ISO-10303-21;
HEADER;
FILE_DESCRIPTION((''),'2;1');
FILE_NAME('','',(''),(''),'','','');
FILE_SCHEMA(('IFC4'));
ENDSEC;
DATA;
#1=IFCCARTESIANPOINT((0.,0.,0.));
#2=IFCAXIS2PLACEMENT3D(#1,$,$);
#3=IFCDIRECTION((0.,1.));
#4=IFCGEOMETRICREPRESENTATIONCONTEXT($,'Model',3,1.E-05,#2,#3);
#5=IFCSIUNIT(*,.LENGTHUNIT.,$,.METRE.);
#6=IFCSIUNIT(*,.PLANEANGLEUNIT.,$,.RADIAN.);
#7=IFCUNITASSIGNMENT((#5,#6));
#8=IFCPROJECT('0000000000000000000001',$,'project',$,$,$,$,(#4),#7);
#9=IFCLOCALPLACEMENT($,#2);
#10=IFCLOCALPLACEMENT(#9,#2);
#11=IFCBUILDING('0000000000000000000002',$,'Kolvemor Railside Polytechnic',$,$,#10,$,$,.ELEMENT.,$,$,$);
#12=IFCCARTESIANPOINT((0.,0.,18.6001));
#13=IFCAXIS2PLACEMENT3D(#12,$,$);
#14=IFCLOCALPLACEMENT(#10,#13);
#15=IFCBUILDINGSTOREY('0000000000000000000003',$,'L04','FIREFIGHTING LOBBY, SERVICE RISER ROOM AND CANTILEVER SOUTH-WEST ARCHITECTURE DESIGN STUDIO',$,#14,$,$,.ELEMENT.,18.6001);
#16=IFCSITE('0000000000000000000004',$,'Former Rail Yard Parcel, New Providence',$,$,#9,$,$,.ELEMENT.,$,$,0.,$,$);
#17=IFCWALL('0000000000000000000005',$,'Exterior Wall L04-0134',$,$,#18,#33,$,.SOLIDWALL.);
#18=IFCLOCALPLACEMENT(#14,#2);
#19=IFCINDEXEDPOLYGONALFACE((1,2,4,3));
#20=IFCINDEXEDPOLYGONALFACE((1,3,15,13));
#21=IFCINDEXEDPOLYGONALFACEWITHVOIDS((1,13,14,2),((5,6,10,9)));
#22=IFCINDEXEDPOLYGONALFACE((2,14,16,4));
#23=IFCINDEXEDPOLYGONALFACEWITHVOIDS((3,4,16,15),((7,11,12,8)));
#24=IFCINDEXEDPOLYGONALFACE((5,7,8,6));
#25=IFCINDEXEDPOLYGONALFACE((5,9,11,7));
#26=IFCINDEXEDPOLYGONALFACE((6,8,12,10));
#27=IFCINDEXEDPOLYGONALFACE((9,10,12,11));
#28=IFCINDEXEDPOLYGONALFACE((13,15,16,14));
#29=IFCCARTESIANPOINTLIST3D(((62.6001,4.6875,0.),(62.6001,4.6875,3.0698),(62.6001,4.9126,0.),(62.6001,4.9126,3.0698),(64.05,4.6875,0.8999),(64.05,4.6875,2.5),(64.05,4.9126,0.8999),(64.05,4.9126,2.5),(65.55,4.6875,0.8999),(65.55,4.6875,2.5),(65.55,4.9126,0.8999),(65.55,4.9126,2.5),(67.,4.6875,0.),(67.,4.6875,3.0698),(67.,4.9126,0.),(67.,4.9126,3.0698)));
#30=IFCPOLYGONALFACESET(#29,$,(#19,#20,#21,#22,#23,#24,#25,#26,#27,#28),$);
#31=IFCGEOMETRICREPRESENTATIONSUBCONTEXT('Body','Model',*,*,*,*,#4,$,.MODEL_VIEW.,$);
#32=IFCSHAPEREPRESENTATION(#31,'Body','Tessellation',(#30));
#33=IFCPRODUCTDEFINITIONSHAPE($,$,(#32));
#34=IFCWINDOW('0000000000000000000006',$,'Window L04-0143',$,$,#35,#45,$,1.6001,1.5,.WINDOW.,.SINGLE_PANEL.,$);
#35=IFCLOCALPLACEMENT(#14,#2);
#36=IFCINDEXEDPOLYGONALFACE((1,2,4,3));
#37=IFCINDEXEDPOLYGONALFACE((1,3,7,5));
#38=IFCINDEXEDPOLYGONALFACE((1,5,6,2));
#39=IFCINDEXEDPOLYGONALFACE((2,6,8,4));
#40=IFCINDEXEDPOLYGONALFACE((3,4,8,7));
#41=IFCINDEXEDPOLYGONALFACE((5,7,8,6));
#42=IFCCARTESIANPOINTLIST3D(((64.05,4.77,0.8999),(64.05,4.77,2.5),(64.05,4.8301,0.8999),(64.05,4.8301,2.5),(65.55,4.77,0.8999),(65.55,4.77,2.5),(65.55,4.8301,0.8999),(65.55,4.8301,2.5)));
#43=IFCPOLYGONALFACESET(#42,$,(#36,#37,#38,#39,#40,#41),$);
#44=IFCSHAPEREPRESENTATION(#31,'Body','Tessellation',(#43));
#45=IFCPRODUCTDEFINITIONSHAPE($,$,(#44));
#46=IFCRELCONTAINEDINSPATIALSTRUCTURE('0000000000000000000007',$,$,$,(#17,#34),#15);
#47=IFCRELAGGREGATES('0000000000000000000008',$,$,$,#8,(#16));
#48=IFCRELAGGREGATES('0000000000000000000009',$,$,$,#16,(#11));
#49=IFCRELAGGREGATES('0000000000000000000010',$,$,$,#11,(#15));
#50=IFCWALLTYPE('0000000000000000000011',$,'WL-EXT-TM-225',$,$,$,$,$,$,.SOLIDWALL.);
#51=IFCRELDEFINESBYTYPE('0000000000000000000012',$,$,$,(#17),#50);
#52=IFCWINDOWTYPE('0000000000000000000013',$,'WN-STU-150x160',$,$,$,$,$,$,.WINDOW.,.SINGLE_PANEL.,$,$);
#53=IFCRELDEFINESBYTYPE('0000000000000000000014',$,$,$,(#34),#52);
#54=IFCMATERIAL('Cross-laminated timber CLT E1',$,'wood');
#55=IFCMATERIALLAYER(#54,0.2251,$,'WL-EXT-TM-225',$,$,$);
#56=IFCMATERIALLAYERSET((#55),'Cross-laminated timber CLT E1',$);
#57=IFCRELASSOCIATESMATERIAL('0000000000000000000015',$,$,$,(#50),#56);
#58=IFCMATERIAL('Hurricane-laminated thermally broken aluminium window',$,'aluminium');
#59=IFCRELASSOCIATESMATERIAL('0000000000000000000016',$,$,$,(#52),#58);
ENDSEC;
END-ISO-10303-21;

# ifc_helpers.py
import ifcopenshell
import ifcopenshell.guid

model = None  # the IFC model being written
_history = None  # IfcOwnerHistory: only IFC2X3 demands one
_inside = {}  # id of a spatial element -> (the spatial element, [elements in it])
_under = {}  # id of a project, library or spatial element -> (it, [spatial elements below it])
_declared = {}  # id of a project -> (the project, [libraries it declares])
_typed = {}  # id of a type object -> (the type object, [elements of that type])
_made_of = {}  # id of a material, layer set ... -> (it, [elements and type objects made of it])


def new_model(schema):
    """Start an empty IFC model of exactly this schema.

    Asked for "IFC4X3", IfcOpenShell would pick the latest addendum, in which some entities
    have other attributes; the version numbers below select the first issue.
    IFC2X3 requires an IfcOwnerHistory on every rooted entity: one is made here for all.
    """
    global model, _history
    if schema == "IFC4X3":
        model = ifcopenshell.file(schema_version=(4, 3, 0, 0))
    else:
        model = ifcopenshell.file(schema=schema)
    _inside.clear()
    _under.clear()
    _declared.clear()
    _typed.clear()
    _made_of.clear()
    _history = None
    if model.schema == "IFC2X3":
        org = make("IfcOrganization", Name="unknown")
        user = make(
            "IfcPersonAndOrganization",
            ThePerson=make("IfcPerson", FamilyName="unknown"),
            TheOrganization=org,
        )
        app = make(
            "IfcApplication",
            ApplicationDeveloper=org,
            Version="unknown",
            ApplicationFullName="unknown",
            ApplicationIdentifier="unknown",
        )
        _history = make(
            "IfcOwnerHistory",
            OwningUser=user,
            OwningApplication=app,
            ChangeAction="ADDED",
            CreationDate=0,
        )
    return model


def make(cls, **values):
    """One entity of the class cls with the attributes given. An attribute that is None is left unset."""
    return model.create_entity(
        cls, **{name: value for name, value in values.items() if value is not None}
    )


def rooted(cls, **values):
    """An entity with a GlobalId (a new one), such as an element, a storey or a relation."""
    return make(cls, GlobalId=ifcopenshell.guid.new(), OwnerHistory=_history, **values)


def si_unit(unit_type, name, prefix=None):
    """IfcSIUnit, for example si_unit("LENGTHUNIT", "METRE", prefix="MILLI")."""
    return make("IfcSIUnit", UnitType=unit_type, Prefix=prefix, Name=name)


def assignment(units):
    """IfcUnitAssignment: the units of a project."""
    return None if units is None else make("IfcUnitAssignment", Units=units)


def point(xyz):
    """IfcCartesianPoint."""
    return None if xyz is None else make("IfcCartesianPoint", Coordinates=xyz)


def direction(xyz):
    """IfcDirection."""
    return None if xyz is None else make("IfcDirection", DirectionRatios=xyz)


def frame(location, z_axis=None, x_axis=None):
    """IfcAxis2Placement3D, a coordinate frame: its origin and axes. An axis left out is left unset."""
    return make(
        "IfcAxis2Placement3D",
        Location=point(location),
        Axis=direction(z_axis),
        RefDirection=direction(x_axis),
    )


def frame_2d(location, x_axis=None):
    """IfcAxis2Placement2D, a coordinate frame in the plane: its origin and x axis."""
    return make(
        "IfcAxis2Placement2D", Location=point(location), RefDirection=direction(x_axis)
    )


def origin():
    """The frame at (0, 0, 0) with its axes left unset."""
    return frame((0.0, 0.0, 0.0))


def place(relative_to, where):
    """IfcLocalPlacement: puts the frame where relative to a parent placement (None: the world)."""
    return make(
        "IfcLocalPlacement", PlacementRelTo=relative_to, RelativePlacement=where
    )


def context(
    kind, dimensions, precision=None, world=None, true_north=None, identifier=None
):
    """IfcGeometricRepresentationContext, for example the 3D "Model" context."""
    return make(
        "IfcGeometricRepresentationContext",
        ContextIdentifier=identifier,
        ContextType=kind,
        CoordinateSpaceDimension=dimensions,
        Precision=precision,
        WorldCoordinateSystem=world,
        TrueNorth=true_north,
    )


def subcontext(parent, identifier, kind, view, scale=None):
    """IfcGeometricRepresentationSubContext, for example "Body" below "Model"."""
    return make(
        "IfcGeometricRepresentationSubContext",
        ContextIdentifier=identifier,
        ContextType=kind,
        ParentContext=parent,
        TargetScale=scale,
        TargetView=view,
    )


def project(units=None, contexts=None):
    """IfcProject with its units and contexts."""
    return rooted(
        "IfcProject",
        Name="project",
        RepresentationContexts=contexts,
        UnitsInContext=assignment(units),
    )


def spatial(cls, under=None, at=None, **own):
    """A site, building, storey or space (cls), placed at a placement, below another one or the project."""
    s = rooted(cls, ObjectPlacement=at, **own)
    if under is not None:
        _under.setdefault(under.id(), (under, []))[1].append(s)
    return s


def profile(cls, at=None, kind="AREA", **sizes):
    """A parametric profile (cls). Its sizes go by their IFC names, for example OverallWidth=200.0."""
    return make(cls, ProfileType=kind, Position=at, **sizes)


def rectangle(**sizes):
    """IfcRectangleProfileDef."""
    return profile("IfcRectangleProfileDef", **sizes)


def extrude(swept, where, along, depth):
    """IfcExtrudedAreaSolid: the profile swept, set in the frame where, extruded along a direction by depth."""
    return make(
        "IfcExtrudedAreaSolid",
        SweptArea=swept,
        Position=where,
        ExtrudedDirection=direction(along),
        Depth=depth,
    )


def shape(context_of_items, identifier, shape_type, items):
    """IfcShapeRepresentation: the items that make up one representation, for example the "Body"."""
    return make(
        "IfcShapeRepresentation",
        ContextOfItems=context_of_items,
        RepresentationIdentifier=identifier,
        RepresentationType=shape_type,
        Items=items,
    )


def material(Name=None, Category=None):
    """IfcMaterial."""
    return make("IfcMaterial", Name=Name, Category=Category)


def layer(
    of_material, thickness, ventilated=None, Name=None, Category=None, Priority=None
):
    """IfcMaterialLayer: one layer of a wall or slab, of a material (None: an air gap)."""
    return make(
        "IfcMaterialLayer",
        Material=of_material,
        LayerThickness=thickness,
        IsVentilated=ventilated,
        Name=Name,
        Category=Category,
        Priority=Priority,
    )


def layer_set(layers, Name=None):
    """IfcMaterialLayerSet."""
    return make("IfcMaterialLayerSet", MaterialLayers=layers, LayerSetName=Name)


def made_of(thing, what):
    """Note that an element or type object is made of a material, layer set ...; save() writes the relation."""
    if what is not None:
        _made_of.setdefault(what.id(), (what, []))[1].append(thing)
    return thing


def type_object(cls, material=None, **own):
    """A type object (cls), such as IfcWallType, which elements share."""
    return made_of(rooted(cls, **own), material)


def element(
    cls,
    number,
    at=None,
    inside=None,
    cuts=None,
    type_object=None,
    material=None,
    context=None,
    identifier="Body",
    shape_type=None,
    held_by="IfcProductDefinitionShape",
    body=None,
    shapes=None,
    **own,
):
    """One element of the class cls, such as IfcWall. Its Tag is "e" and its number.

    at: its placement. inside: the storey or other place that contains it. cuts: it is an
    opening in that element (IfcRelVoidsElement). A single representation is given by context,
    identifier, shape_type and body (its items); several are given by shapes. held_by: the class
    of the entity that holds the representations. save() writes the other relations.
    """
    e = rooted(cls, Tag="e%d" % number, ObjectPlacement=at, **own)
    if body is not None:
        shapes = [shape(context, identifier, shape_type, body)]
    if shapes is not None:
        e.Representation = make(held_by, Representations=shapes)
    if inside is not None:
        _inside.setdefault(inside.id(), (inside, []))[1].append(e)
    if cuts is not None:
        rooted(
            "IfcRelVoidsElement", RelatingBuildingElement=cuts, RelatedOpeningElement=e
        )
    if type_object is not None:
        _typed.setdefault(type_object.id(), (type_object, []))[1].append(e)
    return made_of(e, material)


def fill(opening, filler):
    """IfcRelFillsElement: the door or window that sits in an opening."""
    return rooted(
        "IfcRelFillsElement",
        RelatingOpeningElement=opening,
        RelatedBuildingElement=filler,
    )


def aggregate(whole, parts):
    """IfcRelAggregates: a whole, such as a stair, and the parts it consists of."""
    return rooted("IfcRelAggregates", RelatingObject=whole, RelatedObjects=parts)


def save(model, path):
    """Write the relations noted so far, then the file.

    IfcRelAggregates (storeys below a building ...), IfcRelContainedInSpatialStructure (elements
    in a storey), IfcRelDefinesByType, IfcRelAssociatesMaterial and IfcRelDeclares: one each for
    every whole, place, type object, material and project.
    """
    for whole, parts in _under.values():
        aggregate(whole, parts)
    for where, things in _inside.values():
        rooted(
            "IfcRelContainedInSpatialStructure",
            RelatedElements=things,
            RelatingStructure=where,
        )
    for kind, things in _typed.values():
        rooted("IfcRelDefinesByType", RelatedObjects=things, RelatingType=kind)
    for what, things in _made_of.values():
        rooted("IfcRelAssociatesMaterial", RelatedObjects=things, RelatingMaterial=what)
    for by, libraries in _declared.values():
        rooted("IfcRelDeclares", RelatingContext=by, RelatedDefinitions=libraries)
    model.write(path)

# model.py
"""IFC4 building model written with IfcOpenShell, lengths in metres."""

from ifc_helpers import new_model, si_unit, direction, frame, frame_2d, origin, place, context, subcontext, project, spatial, rectangle, extrude, material, layer, layer_set, type_object, element, fill, save


model = new_model("IFC4")

# Units and contexts
model_context = context("Model", 3, precision=1e-05, world=origin(), true_north=direction((0.0, 1.0)))
body_context = subcontext(model_context, "Body", "Model", "MODEL_VIEW")
ifc_project = project(units=[si_unit("LENGTHUNIT", "METRE"), si_unit("PLANEANGLEUNIT", "RADIAN")], contexts=[model_context])

# Site, building, storey
site_placement = place(None, origin())
site = spatial("IfcSite", under=ifc_project, at=site_placement, Name="Former Rail Yard Parcel, New Providence", CompositionType="ELEMENT", RefElevation=0.0)
building_placement = place(site_placement, origin())
building = spatial("IfcBuilding", under=site, at=building_placement, Name="Kolvemor Railside Polytechnic", CompositionType="ELEMENT")
storey_placement = place(building_placement, frame((0.0, 0.0, 18.6001)))
storey = spatial("IfcBuildingStorey", under=building, at=storey_placement, Name="L04", Description="FIREFIGHTING LOBBY, SERVICE RISER ROOM AND CANTILEVER SOUTH-WEST ARCHITECTURE DESIGN STUDIO", CompositionType="ELEMENT", Elevation=18.6001)

# Wall, opening, window
ifc_material_1 = material(Name="Cross-laminated timber CLT E1", Category="wood")
ifc_layer_1 = layer(ifc_material_1, 0.2251, Name="WL-EXT-TM-225")
ifc_layer_set_1 = layer_set([ifc_layer_1], Name="Cross-laminated timber CLT E1")
wall_type = type_object("IfcWallType", Name="WL-EXT-TM-225", PredefinedType="SOLIDWALL", material=ifc_layer_set_1)
ifc_material_2 = material(Name="Hurricane-laminated thermally broken aluminium window", Category="aluminium")
window_type = type_object("IfcWindowType", Name="WN-STU-150x160", PartitioningType="SINGLE_PANEL", PredefinedType="WINDOW", material=ifc_material_2)
wall_1_placement = place(storey_placement, frame((62.6001, 4.8, 0.0), z_axis=(0.0, 0.0, 1.0), x_axis=(1.0, 0.0, 0.0)))
wall_1 = element("IfcWall", 1, at=wall_1_placement, inside=storey, type_object=wall_type, Name="Exterior Wall L04-0134", PredefinedType="SOLIDWALL", context=body_context, shape_type="SweptSolid", body=[
    extrude(rectangle(XDim=4.3999, YDim=0.2251, at=frame_2d((2.2, 0.0))), origin(), (0.0, 0.0, 1.0), 3.0698),
])
opening_1_placement = place(wall_1_placement, frame((1.45, 0.0, 0.8999)))
opening_1 = element("IfcOpeningElement", 2, at=opening_1_placement, cuts=wall_1, PredefinedType="OPENING", context=body_context, shape_type="SweptSolid", body=[
    extrude(rectangle(XDim=1.5, YDim=1.6001, at=frame_2d((0.75, 0.8))), frame((0.0, 0.1226, 0.0), z_axis=(0.0, -1.0, 0.0), x_axis=(1.0, 0.0, 0.0)), (0.0, 0.0, 1.0), 0.2451),
])
window_1_placement = place(opening_1_placement, origin())
window_1 = element("IfcWindow", 3, at=window_1_placement, inside=storey, type_object=window_type, Name="Window L04-0143", OverallHeight=1.6001, OverallWidth=1.5, PartitioningType="SINGLE_PANEL", PredefinedType="WINDOW", context=body_context, shape_type="SweptSolid", body=[
    extrude(rectangle(XDim=1.5, YDim=1.6001, at=frame_2d((0.75, 0.8))), frame((0.0, 0.03, 0.0), z_axis=(0.0, -1.0, 0.0), x_axis=(1.0, 0.0, 0.0)), (0.0, 0.0, 1.0), 0.0601),
])
fill(opening_1, window_1)

save(model, "model.ifc")
